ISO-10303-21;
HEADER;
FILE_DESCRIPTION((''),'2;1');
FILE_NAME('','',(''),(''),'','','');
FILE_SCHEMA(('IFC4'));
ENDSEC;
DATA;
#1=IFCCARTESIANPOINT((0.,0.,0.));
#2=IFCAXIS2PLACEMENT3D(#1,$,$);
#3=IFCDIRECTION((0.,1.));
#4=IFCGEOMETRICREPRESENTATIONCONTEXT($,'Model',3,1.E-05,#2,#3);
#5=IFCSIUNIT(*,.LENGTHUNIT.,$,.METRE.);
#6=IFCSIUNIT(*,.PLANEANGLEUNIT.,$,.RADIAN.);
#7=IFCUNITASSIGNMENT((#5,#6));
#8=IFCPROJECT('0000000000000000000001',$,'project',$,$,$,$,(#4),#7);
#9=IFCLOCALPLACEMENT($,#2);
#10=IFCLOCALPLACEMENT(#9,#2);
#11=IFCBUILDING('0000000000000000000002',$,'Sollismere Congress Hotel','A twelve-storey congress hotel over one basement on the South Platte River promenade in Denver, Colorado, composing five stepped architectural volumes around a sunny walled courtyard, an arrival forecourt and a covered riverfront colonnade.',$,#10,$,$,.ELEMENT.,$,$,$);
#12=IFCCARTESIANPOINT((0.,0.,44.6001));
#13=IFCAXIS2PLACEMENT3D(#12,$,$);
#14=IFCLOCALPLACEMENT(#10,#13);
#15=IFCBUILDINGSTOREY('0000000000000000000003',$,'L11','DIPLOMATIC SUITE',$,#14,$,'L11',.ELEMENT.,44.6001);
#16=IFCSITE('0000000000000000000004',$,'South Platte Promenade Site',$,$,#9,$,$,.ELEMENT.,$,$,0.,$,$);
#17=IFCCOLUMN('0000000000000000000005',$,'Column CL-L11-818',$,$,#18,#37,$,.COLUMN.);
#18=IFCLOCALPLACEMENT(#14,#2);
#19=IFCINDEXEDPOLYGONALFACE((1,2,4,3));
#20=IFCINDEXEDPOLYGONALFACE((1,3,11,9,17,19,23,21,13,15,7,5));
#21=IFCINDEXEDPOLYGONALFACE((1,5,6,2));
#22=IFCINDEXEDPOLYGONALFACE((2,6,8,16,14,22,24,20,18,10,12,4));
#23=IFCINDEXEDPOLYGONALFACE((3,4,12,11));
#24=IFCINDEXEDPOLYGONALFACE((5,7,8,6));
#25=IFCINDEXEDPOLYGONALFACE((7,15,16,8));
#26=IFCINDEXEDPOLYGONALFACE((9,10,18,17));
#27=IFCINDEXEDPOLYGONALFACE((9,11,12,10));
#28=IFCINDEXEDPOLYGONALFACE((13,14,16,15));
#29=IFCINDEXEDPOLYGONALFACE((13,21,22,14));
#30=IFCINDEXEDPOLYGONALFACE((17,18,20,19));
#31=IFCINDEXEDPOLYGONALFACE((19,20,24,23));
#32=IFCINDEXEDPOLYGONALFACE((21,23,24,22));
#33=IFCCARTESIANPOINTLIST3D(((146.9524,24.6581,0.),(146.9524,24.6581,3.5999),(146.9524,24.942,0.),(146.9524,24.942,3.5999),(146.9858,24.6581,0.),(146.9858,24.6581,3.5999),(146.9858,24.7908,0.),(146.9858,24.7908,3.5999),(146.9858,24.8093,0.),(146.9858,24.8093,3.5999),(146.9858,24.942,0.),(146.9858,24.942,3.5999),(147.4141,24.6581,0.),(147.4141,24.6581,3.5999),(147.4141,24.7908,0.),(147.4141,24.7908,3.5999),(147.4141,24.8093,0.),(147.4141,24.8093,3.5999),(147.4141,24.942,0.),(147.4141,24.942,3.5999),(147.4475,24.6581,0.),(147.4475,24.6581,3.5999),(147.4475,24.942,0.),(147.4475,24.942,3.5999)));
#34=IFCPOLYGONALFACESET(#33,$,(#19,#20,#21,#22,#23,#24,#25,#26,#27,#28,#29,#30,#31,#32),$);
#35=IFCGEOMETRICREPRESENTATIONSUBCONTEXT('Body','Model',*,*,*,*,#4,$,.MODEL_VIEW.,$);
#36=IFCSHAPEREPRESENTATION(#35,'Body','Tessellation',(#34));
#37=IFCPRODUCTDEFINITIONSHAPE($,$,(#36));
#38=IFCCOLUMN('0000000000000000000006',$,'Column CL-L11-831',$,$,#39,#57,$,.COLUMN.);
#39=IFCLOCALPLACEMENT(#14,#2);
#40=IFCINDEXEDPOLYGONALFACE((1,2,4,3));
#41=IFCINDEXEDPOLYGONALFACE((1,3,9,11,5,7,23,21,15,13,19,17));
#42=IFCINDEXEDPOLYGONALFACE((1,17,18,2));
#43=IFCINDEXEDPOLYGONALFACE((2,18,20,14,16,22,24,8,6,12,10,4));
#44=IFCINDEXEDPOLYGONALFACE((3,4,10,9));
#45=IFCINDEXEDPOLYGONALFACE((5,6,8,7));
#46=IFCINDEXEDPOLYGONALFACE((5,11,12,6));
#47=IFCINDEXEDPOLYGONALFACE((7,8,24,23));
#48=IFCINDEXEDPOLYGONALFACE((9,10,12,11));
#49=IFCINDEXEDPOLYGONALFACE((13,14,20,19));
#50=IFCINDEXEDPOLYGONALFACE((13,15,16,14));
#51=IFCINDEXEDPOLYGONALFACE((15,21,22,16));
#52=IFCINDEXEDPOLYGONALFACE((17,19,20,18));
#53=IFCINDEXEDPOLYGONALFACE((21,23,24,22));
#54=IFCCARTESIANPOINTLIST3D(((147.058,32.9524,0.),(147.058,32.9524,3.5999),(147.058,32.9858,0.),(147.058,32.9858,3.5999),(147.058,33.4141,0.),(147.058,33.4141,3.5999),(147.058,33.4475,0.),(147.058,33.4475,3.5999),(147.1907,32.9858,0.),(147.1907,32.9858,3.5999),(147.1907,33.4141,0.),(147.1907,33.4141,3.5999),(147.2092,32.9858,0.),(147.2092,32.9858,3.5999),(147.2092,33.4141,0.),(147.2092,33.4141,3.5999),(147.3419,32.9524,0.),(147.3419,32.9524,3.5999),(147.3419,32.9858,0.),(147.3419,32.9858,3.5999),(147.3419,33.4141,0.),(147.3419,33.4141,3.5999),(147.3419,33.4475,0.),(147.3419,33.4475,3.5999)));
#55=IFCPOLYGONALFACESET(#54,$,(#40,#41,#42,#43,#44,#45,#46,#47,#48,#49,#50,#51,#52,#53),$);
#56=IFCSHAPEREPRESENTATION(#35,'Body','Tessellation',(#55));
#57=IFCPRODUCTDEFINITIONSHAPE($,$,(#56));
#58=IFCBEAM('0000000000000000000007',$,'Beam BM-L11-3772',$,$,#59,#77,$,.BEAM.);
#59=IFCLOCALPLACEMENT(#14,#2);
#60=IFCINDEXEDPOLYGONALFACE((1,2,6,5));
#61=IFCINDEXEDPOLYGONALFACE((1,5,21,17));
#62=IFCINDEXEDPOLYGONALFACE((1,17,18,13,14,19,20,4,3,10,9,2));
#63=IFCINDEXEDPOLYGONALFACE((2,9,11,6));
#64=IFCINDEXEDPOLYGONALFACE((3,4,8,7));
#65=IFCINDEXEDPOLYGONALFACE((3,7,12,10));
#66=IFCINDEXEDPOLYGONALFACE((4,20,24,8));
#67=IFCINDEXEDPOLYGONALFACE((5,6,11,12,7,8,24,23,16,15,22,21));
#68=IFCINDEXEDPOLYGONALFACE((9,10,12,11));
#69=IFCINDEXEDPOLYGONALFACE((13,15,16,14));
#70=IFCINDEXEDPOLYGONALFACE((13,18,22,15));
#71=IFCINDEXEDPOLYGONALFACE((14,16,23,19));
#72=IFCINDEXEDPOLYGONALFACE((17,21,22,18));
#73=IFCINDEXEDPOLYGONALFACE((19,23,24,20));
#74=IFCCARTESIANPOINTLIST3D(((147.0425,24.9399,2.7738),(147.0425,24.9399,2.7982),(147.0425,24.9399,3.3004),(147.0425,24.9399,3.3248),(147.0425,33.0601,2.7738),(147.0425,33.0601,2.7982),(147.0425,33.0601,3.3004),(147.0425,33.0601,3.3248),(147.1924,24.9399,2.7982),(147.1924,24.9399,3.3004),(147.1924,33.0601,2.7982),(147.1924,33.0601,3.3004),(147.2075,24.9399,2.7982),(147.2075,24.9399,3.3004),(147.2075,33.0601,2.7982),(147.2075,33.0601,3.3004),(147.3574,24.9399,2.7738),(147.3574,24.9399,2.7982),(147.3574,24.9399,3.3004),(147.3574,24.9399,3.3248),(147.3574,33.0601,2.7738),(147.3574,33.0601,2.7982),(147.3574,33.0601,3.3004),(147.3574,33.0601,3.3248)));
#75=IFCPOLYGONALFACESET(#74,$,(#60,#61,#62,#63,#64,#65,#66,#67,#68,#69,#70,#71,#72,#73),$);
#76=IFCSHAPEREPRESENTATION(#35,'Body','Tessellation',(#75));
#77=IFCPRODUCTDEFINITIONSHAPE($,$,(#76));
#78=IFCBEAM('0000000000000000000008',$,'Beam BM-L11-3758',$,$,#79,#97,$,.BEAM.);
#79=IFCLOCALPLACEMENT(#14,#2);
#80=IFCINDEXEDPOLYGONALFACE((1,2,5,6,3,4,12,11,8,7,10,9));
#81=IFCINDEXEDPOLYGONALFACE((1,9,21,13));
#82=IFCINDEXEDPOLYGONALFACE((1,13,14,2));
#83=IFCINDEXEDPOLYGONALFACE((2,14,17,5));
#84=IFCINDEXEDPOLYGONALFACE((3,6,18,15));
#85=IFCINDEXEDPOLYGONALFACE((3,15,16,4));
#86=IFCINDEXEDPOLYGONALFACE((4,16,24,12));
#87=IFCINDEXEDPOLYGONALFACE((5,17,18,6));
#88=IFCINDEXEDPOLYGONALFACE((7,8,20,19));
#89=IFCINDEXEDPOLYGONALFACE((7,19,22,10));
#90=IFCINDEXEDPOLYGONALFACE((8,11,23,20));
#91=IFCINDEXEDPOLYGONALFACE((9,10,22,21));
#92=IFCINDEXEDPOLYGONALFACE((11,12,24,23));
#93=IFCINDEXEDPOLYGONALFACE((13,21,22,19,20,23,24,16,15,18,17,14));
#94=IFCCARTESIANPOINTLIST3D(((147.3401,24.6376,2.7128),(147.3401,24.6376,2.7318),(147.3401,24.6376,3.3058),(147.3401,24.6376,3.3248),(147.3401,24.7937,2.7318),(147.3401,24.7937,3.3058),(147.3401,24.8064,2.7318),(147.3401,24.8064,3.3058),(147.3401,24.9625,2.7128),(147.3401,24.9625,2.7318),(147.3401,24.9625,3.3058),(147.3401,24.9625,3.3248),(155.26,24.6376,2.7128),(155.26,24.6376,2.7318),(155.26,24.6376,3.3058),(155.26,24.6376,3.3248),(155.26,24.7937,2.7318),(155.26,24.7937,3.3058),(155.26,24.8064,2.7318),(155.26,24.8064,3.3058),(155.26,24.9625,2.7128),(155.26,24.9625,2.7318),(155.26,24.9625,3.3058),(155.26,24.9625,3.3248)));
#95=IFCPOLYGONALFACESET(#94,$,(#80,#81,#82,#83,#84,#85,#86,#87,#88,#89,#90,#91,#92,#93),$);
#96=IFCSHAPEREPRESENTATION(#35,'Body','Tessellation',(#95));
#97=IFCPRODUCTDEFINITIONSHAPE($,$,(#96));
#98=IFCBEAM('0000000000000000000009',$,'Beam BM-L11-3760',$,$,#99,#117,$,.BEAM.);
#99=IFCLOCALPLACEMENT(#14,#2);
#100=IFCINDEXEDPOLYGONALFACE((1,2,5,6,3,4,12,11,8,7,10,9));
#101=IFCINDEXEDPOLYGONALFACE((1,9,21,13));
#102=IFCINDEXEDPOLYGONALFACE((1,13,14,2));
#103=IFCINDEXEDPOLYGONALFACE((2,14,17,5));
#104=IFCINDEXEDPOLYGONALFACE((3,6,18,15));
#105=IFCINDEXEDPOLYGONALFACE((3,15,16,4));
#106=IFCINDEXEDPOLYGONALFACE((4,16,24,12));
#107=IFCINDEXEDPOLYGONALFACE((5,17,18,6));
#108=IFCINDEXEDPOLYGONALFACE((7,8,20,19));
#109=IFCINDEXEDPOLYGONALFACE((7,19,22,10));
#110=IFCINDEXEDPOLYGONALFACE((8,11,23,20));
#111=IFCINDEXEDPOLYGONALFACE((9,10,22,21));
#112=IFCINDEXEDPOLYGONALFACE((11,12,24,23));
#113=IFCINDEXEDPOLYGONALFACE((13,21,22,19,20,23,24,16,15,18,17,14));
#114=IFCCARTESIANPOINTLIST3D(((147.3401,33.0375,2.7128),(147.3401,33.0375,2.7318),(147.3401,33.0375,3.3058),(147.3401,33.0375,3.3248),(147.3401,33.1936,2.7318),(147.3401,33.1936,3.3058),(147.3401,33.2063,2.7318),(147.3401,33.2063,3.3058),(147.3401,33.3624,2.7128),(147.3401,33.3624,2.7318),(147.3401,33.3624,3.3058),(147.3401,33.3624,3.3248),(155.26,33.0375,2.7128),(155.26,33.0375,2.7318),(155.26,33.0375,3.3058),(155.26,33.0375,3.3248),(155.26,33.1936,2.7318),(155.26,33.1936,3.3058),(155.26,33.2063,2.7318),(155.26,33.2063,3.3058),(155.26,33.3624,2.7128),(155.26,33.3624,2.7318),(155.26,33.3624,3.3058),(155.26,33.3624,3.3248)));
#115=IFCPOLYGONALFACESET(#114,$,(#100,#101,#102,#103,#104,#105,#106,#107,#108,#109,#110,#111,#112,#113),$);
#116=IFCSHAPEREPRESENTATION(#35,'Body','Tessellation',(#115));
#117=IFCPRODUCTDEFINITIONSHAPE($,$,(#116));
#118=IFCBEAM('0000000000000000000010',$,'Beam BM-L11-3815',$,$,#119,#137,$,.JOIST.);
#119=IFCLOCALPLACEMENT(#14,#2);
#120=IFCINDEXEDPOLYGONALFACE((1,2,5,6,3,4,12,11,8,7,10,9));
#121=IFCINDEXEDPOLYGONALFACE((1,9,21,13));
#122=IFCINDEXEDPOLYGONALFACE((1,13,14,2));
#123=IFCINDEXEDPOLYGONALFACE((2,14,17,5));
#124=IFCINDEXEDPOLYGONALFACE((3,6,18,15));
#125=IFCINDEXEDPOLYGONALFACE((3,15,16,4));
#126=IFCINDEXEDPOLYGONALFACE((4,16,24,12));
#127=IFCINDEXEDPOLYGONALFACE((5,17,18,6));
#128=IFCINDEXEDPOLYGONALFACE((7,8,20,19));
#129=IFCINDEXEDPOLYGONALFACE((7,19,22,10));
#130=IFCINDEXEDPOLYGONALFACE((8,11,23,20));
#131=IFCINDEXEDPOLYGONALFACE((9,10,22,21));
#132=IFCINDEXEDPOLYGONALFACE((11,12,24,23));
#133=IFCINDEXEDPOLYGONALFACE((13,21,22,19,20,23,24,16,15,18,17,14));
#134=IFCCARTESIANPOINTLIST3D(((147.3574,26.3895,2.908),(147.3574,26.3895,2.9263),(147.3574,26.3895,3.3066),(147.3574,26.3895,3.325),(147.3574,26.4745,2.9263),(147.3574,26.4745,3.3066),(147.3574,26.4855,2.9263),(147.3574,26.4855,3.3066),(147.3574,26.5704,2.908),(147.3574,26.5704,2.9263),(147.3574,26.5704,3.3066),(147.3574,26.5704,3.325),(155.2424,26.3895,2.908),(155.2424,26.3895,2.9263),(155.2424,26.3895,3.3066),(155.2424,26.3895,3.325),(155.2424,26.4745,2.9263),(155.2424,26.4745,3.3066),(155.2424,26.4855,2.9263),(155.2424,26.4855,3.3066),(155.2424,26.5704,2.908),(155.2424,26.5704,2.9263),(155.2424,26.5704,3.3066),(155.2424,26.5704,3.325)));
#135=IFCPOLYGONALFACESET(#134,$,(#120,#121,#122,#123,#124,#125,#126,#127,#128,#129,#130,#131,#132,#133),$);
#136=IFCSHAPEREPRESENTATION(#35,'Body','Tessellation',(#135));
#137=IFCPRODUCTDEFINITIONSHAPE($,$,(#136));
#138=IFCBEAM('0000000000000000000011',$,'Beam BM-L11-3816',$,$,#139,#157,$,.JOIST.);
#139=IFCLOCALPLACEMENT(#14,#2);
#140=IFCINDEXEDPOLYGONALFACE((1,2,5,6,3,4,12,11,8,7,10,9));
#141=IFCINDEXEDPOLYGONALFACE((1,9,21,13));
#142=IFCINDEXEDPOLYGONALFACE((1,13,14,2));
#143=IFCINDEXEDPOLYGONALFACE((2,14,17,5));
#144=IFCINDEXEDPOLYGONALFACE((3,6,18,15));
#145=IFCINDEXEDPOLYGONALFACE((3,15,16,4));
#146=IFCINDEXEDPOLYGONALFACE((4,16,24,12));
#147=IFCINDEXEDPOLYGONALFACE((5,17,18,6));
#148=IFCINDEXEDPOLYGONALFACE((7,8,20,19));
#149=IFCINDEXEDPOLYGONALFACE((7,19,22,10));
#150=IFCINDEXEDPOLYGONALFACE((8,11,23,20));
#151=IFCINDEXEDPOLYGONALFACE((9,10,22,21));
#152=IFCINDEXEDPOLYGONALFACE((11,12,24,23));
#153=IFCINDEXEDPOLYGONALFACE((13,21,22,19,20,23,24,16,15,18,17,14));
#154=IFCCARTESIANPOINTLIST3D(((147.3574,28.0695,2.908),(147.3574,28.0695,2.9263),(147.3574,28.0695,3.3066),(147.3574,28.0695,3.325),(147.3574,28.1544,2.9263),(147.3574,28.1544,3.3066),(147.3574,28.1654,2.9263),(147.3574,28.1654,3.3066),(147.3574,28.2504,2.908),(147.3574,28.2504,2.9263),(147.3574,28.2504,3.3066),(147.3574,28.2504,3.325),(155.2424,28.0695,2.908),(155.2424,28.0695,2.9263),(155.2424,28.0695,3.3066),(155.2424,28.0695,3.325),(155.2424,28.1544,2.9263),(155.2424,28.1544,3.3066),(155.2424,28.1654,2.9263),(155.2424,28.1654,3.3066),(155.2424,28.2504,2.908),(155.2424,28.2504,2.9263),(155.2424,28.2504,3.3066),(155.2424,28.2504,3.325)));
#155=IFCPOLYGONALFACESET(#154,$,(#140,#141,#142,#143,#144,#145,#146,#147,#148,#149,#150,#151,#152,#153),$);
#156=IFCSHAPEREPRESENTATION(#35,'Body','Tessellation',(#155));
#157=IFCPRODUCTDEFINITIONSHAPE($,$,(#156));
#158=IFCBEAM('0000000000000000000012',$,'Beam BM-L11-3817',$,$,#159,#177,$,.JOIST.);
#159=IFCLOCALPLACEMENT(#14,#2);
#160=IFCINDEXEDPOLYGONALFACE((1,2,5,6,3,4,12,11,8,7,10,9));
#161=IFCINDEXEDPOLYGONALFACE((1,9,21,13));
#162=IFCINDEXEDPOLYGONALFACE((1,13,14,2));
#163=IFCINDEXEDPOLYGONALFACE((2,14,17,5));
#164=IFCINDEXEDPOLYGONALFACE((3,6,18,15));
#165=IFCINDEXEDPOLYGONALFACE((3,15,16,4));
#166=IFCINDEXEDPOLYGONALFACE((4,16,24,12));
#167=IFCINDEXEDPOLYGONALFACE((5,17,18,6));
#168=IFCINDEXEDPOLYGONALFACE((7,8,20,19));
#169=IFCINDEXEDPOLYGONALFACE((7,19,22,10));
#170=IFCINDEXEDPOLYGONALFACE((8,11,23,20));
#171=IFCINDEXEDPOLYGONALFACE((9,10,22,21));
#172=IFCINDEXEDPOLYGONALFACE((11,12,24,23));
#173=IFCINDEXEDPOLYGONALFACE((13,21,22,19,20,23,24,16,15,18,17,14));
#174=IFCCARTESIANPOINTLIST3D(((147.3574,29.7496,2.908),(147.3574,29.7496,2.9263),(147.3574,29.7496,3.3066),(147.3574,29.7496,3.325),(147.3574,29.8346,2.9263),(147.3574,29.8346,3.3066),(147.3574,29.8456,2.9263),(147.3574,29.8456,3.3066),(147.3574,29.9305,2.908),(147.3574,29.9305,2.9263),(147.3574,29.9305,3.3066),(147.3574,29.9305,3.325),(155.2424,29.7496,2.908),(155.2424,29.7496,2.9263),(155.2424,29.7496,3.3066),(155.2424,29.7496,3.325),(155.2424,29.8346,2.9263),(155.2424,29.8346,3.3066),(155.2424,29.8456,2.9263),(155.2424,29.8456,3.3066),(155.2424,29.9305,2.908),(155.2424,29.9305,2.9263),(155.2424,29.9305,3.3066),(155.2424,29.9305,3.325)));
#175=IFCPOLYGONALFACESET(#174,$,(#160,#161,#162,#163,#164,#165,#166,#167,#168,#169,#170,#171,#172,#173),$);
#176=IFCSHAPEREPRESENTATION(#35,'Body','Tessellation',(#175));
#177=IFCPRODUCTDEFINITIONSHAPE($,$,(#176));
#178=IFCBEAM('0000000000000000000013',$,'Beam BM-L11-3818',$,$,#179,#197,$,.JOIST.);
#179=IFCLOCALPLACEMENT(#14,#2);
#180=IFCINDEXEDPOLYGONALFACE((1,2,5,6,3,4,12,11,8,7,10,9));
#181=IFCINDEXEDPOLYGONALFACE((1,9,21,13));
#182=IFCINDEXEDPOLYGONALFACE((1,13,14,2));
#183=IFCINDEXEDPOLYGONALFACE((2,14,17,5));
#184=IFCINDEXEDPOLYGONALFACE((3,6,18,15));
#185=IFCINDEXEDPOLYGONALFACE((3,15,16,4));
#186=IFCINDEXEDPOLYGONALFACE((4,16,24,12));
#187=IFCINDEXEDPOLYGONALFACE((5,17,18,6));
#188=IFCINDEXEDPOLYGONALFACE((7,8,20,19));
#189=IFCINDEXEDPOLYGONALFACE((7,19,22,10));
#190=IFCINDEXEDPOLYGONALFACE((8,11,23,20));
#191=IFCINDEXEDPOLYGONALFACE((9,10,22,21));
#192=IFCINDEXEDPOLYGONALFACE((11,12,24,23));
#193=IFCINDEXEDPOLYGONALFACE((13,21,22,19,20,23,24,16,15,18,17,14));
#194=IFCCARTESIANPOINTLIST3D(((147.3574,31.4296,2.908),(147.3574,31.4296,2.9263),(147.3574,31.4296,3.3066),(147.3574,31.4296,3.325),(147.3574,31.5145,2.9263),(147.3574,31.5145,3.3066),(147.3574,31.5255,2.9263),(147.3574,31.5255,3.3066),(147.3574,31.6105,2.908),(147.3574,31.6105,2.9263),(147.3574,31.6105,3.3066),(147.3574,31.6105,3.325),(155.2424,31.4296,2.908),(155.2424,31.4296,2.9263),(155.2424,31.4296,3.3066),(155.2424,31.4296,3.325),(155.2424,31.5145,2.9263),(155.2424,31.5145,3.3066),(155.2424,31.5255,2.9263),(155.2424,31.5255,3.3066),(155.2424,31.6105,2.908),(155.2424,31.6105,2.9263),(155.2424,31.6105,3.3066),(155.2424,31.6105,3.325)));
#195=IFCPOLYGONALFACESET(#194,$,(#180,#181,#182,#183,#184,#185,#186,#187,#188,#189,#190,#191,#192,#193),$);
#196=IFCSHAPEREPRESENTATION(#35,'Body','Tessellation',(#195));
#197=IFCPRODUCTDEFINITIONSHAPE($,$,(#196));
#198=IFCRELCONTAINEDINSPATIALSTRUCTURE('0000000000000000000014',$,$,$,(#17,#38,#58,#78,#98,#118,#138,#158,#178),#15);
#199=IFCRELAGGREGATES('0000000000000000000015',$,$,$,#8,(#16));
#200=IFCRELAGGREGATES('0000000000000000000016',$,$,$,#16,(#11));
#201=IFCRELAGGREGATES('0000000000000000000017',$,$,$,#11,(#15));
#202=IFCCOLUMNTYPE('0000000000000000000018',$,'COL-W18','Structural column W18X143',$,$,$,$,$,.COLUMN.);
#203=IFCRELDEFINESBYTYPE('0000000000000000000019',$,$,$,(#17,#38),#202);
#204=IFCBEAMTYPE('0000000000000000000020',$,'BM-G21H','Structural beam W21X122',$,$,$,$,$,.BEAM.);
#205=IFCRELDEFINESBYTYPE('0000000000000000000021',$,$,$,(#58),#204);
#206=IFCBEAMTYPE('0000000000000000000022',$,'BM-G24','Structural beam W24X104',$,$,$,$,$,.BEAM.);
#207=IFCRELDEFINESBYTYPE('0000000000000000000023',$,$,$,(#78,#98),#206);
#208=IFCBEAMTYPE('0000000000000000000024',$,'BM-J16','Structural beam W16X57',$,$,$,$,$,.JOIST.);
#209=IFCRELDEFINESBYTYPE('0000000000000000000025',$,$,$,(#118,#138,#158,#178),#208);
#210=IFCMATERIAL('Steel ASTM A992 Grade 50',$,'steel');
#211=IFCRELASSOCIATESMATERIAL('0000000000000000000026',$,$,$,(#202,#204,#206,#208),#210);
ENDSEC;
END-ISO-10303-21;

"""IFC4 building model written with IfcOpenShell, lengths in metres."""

from ifc_helpers import new_model, si_unit, direction, frame, origin, origin_2d, place, context, subcontext, project, spatial, i_section, extrude, material, material_profile, profile_set, type_object, element, save


model = new_model("IFC4")

# Units and contexts
model_context = context("Model", 3, precision=1e-05, world=origin(), true_north=direction((0.0, 1.0)))
body_context = subcontext(model_context, "Body", "Model", "MODEL_VIEW")
ifc_project = project(units=[si_unit("LENGTHUNIT", "METRE"), si_unit("PLANEANGLEUNIT", "RADIAN")], contexts=[model_context])

# Site, building, storey
site_placement = place(None, origin())
site = spatial("IfcSite", under=ifc_project, at=site_placement, Name="South Platte Promenade Site", CompositionType="ELEMENT", RefElevation=0.0)
building_placement = place(site_placement, origin())
building = spatial("IfcBuilding", under=site, at=building_placement, Name="Sollismere Congress Hotel", Description="A twelve-storey congress hotel over one basement on the South Platte River promenade in Denver, Colorado, composing five stepped architectural volumes around a sunny walled courtyard, an arrival forecourt and a covered riverfront colonnade.", CompositionType="ELEMENT")
storey_placement = place(building_placement, frame((0.0, 0.0, 44.6001)))
storey = spatial("IfcBuildingStorey", under=building, at=storey_placement, Name="L11", Description="DIPLOMATIC SUITE", LongName="L11", CompositionType="ELEMENT", Elevation=44.6001)

# Columns
ifc_material_1 = material(Name="Steel ASTM A992 Grade 50", Category="steel")
ifc_material_profile_1 = material_profile(ifc_material_1, i_section(OverallWidth=0.2839, OverallDepth=0.4951, WebThickness=0.0186, FlangeThickness=0.0334, at=origin_2d()), Name="W18X143")
ifc_profile_set_1 = profile_set([ifc_material_profile_1], Name="Steel ASTM A992 Grade 50")
column_type = type_object("IfcColumnType", Name="COL-W18", Description="Structural column W18X143", PredefinedType="COLUMN", material=ifc_profile_set_1)
for number, where, z_axis, x_axis, name in (
    (1, (147.2, 24.8, 0.0), (0.0, 0.0, 1.0), (0.0, 1.0, 0.0), "Column CL-L11-818"),
    (2, (147.2, 33.2, 0.0), (0.0, 0.0, 1.0), (1.0, 0.0, 0.0), "Column CL-L11-831"),
):
    element("IfcColumn", number, at=place(storey_placement, frame(where, z_axis=z_axis, x_axis=x_axis)), inside=storey, type_object=column_type, Name=name, PredefinedType="COLUMN", context=body_context, shape_type="SweptSolid", body=[
        extrude(i_section(OverallWidth=0.2839, OverallDepth=0.4951, WebThickness=0.0186, FlangeThickness=0.0334, at=origin_2d()), origin(), (0.0, 0.0, 1.0), 3.5999),
    ])

# Beams
ifc_material_profile_2 = material_profile(ifc_material_1, i_section(OverallWidth=0.3149, OverallDepth=0.551, WebThickness=0.0151, FlangeThickness=0.0244, at=origin_2d()), Name="W21X122")
ifc_profile_set_2 = profile_set([ifc_material_profile_2], Name="Steel ASTM A992 Grade 50")
beam_type_1 = type_object("IfcBeamType", Name="BM-G21H", Description="Structural beam W21X122", PredefinedType="BEAM", material=ifc_profile_set_2)
beam_placement = place(storey_placement, frame((147.2, 24.9399, 3.0493), z_axis=(0.0, 1.0, 0.0), x_axis=(-1.0, 0.0, 0.0)))
element("IfcBeam", 3, at=beam_placement, inside=storey, type_object=beam_type_1, Name="Beam BM-L11-3772", PredefinedType="BEAM", context=body_context, shape_type="SweptSolid", body=[
    extrude(i_section(OverallWidth=0.3149, OverallDepth=0.551, WebThickness=0.0151, FlangeThickness=0.0244, at=origin_2d()), origin(), (0.0, 0.0, 1.0), 8.1201),
])
ifc_material_profile_3 = material_profile(ifc_material_1, i_section(OverallWidth=0.325, OverallDepth=0.6121, WebThickness=0.0127, FlangeThickness=0.019, at=origin_2d()), Name="W24X104")
ifc_profile_set_3 = profile_set([ifc_material_profile_3], Name="Steel ASTM A992 Grade 50")
beam_type_2 = type_object("IfcBeamType", Name="BM-G24", Description="Structural beam W24X104", PredefinedType="BEAM", material=ifc_profile_set_3)
for number, where, z_axis, x_axis, name in (
    (4, (147.3401, 24.8, 3.0188), (1.0, 0.0, 0.0), (0.0, 1.0, 0.0), "Beam BM-L11-3758"),
    (5, (147.3401, 33.2, 3.0188), (1.0, 0.0, 0.0), (0.0, 1.0, 0.0), "Beam BM-L11-3760"),
):
    element("IfcBeam", number, at=place(storey_placement, frame(where, z_axis=z_axis, x_axis=x_axis)), inside=storey, type_object=beam_type_2, Name=name, PredefinedType="BEAM", context=body_context, shape_type="SweptSolid", body=[
        extrude(i_section(OverallWidth=0.325, OverallDepth=0.6121, WebThickness=0.0127, FlangeThickness=0.019, at=origin_2d()), origin(), (0.0, 0.0, 1.0), 7.9199),
    ])
ifc_material_profile_4 = material_profile(ifc_material_1, i_section(OverallWidth=0.1809, OverallDepth=0.417, WebThickness=0.011, FlangeThickness=0.0183, at=origin_2d()), Name="W16X57")
ifc_profile_set_4 = profile_set([ifc_material_profile_4], Name="Steel ASTM A992 Grade 50")
beam_type_3 = type_object("IfcBeamType", Name="BM-J16", Description="Structural beam W16X57", PredefinedType="JOIST", material=ifc_profile_set_4)
for number, where, z_axis, x_axis, name in (
    (6, (147.3574, 26.48, 3.1165), (1.0, 0.0, 0.0), (0.0, 1.0, 0.0), "Beam BM-L11-3815"),
    (7, (147.3574, 28.1599, 3.1165), (1.0, 0.0, 0.0), (0.0, 1.0, 0.0), "Beam BM-L11-3816"),
    (8, (147.3574, 29.8401, 3.1165), (1.0, 0.0, 0.0), (0.0, 1.0, 0.0), "Beam BM-L11-3817"),
    (9, (147.3574, 31.52, 3.1165), (1.0, 0.0, 0.0), (0.0, 1.0, 0.0), "Beam BM-L11-3818"),
):
    element("IfcBeam", number, at=place(storey_placement, frame(where, z_axis=z_axis, x_axis=x_axis)), inside=storey, type_object=beam_type_3, Name=name, PredefinedType="JOIST", context=body_context, shape_type="SweptSolid", body=[
        extrude(i_section(OverallWidth=0.1809, OverallDepth=0.417, WebThickness=0.011, FlangeThickness=0.0183, at=origin_2d()), origin(), (0.0, 0.0, 1.0), 7.885),
    ])

save(model, "model.ifc")
